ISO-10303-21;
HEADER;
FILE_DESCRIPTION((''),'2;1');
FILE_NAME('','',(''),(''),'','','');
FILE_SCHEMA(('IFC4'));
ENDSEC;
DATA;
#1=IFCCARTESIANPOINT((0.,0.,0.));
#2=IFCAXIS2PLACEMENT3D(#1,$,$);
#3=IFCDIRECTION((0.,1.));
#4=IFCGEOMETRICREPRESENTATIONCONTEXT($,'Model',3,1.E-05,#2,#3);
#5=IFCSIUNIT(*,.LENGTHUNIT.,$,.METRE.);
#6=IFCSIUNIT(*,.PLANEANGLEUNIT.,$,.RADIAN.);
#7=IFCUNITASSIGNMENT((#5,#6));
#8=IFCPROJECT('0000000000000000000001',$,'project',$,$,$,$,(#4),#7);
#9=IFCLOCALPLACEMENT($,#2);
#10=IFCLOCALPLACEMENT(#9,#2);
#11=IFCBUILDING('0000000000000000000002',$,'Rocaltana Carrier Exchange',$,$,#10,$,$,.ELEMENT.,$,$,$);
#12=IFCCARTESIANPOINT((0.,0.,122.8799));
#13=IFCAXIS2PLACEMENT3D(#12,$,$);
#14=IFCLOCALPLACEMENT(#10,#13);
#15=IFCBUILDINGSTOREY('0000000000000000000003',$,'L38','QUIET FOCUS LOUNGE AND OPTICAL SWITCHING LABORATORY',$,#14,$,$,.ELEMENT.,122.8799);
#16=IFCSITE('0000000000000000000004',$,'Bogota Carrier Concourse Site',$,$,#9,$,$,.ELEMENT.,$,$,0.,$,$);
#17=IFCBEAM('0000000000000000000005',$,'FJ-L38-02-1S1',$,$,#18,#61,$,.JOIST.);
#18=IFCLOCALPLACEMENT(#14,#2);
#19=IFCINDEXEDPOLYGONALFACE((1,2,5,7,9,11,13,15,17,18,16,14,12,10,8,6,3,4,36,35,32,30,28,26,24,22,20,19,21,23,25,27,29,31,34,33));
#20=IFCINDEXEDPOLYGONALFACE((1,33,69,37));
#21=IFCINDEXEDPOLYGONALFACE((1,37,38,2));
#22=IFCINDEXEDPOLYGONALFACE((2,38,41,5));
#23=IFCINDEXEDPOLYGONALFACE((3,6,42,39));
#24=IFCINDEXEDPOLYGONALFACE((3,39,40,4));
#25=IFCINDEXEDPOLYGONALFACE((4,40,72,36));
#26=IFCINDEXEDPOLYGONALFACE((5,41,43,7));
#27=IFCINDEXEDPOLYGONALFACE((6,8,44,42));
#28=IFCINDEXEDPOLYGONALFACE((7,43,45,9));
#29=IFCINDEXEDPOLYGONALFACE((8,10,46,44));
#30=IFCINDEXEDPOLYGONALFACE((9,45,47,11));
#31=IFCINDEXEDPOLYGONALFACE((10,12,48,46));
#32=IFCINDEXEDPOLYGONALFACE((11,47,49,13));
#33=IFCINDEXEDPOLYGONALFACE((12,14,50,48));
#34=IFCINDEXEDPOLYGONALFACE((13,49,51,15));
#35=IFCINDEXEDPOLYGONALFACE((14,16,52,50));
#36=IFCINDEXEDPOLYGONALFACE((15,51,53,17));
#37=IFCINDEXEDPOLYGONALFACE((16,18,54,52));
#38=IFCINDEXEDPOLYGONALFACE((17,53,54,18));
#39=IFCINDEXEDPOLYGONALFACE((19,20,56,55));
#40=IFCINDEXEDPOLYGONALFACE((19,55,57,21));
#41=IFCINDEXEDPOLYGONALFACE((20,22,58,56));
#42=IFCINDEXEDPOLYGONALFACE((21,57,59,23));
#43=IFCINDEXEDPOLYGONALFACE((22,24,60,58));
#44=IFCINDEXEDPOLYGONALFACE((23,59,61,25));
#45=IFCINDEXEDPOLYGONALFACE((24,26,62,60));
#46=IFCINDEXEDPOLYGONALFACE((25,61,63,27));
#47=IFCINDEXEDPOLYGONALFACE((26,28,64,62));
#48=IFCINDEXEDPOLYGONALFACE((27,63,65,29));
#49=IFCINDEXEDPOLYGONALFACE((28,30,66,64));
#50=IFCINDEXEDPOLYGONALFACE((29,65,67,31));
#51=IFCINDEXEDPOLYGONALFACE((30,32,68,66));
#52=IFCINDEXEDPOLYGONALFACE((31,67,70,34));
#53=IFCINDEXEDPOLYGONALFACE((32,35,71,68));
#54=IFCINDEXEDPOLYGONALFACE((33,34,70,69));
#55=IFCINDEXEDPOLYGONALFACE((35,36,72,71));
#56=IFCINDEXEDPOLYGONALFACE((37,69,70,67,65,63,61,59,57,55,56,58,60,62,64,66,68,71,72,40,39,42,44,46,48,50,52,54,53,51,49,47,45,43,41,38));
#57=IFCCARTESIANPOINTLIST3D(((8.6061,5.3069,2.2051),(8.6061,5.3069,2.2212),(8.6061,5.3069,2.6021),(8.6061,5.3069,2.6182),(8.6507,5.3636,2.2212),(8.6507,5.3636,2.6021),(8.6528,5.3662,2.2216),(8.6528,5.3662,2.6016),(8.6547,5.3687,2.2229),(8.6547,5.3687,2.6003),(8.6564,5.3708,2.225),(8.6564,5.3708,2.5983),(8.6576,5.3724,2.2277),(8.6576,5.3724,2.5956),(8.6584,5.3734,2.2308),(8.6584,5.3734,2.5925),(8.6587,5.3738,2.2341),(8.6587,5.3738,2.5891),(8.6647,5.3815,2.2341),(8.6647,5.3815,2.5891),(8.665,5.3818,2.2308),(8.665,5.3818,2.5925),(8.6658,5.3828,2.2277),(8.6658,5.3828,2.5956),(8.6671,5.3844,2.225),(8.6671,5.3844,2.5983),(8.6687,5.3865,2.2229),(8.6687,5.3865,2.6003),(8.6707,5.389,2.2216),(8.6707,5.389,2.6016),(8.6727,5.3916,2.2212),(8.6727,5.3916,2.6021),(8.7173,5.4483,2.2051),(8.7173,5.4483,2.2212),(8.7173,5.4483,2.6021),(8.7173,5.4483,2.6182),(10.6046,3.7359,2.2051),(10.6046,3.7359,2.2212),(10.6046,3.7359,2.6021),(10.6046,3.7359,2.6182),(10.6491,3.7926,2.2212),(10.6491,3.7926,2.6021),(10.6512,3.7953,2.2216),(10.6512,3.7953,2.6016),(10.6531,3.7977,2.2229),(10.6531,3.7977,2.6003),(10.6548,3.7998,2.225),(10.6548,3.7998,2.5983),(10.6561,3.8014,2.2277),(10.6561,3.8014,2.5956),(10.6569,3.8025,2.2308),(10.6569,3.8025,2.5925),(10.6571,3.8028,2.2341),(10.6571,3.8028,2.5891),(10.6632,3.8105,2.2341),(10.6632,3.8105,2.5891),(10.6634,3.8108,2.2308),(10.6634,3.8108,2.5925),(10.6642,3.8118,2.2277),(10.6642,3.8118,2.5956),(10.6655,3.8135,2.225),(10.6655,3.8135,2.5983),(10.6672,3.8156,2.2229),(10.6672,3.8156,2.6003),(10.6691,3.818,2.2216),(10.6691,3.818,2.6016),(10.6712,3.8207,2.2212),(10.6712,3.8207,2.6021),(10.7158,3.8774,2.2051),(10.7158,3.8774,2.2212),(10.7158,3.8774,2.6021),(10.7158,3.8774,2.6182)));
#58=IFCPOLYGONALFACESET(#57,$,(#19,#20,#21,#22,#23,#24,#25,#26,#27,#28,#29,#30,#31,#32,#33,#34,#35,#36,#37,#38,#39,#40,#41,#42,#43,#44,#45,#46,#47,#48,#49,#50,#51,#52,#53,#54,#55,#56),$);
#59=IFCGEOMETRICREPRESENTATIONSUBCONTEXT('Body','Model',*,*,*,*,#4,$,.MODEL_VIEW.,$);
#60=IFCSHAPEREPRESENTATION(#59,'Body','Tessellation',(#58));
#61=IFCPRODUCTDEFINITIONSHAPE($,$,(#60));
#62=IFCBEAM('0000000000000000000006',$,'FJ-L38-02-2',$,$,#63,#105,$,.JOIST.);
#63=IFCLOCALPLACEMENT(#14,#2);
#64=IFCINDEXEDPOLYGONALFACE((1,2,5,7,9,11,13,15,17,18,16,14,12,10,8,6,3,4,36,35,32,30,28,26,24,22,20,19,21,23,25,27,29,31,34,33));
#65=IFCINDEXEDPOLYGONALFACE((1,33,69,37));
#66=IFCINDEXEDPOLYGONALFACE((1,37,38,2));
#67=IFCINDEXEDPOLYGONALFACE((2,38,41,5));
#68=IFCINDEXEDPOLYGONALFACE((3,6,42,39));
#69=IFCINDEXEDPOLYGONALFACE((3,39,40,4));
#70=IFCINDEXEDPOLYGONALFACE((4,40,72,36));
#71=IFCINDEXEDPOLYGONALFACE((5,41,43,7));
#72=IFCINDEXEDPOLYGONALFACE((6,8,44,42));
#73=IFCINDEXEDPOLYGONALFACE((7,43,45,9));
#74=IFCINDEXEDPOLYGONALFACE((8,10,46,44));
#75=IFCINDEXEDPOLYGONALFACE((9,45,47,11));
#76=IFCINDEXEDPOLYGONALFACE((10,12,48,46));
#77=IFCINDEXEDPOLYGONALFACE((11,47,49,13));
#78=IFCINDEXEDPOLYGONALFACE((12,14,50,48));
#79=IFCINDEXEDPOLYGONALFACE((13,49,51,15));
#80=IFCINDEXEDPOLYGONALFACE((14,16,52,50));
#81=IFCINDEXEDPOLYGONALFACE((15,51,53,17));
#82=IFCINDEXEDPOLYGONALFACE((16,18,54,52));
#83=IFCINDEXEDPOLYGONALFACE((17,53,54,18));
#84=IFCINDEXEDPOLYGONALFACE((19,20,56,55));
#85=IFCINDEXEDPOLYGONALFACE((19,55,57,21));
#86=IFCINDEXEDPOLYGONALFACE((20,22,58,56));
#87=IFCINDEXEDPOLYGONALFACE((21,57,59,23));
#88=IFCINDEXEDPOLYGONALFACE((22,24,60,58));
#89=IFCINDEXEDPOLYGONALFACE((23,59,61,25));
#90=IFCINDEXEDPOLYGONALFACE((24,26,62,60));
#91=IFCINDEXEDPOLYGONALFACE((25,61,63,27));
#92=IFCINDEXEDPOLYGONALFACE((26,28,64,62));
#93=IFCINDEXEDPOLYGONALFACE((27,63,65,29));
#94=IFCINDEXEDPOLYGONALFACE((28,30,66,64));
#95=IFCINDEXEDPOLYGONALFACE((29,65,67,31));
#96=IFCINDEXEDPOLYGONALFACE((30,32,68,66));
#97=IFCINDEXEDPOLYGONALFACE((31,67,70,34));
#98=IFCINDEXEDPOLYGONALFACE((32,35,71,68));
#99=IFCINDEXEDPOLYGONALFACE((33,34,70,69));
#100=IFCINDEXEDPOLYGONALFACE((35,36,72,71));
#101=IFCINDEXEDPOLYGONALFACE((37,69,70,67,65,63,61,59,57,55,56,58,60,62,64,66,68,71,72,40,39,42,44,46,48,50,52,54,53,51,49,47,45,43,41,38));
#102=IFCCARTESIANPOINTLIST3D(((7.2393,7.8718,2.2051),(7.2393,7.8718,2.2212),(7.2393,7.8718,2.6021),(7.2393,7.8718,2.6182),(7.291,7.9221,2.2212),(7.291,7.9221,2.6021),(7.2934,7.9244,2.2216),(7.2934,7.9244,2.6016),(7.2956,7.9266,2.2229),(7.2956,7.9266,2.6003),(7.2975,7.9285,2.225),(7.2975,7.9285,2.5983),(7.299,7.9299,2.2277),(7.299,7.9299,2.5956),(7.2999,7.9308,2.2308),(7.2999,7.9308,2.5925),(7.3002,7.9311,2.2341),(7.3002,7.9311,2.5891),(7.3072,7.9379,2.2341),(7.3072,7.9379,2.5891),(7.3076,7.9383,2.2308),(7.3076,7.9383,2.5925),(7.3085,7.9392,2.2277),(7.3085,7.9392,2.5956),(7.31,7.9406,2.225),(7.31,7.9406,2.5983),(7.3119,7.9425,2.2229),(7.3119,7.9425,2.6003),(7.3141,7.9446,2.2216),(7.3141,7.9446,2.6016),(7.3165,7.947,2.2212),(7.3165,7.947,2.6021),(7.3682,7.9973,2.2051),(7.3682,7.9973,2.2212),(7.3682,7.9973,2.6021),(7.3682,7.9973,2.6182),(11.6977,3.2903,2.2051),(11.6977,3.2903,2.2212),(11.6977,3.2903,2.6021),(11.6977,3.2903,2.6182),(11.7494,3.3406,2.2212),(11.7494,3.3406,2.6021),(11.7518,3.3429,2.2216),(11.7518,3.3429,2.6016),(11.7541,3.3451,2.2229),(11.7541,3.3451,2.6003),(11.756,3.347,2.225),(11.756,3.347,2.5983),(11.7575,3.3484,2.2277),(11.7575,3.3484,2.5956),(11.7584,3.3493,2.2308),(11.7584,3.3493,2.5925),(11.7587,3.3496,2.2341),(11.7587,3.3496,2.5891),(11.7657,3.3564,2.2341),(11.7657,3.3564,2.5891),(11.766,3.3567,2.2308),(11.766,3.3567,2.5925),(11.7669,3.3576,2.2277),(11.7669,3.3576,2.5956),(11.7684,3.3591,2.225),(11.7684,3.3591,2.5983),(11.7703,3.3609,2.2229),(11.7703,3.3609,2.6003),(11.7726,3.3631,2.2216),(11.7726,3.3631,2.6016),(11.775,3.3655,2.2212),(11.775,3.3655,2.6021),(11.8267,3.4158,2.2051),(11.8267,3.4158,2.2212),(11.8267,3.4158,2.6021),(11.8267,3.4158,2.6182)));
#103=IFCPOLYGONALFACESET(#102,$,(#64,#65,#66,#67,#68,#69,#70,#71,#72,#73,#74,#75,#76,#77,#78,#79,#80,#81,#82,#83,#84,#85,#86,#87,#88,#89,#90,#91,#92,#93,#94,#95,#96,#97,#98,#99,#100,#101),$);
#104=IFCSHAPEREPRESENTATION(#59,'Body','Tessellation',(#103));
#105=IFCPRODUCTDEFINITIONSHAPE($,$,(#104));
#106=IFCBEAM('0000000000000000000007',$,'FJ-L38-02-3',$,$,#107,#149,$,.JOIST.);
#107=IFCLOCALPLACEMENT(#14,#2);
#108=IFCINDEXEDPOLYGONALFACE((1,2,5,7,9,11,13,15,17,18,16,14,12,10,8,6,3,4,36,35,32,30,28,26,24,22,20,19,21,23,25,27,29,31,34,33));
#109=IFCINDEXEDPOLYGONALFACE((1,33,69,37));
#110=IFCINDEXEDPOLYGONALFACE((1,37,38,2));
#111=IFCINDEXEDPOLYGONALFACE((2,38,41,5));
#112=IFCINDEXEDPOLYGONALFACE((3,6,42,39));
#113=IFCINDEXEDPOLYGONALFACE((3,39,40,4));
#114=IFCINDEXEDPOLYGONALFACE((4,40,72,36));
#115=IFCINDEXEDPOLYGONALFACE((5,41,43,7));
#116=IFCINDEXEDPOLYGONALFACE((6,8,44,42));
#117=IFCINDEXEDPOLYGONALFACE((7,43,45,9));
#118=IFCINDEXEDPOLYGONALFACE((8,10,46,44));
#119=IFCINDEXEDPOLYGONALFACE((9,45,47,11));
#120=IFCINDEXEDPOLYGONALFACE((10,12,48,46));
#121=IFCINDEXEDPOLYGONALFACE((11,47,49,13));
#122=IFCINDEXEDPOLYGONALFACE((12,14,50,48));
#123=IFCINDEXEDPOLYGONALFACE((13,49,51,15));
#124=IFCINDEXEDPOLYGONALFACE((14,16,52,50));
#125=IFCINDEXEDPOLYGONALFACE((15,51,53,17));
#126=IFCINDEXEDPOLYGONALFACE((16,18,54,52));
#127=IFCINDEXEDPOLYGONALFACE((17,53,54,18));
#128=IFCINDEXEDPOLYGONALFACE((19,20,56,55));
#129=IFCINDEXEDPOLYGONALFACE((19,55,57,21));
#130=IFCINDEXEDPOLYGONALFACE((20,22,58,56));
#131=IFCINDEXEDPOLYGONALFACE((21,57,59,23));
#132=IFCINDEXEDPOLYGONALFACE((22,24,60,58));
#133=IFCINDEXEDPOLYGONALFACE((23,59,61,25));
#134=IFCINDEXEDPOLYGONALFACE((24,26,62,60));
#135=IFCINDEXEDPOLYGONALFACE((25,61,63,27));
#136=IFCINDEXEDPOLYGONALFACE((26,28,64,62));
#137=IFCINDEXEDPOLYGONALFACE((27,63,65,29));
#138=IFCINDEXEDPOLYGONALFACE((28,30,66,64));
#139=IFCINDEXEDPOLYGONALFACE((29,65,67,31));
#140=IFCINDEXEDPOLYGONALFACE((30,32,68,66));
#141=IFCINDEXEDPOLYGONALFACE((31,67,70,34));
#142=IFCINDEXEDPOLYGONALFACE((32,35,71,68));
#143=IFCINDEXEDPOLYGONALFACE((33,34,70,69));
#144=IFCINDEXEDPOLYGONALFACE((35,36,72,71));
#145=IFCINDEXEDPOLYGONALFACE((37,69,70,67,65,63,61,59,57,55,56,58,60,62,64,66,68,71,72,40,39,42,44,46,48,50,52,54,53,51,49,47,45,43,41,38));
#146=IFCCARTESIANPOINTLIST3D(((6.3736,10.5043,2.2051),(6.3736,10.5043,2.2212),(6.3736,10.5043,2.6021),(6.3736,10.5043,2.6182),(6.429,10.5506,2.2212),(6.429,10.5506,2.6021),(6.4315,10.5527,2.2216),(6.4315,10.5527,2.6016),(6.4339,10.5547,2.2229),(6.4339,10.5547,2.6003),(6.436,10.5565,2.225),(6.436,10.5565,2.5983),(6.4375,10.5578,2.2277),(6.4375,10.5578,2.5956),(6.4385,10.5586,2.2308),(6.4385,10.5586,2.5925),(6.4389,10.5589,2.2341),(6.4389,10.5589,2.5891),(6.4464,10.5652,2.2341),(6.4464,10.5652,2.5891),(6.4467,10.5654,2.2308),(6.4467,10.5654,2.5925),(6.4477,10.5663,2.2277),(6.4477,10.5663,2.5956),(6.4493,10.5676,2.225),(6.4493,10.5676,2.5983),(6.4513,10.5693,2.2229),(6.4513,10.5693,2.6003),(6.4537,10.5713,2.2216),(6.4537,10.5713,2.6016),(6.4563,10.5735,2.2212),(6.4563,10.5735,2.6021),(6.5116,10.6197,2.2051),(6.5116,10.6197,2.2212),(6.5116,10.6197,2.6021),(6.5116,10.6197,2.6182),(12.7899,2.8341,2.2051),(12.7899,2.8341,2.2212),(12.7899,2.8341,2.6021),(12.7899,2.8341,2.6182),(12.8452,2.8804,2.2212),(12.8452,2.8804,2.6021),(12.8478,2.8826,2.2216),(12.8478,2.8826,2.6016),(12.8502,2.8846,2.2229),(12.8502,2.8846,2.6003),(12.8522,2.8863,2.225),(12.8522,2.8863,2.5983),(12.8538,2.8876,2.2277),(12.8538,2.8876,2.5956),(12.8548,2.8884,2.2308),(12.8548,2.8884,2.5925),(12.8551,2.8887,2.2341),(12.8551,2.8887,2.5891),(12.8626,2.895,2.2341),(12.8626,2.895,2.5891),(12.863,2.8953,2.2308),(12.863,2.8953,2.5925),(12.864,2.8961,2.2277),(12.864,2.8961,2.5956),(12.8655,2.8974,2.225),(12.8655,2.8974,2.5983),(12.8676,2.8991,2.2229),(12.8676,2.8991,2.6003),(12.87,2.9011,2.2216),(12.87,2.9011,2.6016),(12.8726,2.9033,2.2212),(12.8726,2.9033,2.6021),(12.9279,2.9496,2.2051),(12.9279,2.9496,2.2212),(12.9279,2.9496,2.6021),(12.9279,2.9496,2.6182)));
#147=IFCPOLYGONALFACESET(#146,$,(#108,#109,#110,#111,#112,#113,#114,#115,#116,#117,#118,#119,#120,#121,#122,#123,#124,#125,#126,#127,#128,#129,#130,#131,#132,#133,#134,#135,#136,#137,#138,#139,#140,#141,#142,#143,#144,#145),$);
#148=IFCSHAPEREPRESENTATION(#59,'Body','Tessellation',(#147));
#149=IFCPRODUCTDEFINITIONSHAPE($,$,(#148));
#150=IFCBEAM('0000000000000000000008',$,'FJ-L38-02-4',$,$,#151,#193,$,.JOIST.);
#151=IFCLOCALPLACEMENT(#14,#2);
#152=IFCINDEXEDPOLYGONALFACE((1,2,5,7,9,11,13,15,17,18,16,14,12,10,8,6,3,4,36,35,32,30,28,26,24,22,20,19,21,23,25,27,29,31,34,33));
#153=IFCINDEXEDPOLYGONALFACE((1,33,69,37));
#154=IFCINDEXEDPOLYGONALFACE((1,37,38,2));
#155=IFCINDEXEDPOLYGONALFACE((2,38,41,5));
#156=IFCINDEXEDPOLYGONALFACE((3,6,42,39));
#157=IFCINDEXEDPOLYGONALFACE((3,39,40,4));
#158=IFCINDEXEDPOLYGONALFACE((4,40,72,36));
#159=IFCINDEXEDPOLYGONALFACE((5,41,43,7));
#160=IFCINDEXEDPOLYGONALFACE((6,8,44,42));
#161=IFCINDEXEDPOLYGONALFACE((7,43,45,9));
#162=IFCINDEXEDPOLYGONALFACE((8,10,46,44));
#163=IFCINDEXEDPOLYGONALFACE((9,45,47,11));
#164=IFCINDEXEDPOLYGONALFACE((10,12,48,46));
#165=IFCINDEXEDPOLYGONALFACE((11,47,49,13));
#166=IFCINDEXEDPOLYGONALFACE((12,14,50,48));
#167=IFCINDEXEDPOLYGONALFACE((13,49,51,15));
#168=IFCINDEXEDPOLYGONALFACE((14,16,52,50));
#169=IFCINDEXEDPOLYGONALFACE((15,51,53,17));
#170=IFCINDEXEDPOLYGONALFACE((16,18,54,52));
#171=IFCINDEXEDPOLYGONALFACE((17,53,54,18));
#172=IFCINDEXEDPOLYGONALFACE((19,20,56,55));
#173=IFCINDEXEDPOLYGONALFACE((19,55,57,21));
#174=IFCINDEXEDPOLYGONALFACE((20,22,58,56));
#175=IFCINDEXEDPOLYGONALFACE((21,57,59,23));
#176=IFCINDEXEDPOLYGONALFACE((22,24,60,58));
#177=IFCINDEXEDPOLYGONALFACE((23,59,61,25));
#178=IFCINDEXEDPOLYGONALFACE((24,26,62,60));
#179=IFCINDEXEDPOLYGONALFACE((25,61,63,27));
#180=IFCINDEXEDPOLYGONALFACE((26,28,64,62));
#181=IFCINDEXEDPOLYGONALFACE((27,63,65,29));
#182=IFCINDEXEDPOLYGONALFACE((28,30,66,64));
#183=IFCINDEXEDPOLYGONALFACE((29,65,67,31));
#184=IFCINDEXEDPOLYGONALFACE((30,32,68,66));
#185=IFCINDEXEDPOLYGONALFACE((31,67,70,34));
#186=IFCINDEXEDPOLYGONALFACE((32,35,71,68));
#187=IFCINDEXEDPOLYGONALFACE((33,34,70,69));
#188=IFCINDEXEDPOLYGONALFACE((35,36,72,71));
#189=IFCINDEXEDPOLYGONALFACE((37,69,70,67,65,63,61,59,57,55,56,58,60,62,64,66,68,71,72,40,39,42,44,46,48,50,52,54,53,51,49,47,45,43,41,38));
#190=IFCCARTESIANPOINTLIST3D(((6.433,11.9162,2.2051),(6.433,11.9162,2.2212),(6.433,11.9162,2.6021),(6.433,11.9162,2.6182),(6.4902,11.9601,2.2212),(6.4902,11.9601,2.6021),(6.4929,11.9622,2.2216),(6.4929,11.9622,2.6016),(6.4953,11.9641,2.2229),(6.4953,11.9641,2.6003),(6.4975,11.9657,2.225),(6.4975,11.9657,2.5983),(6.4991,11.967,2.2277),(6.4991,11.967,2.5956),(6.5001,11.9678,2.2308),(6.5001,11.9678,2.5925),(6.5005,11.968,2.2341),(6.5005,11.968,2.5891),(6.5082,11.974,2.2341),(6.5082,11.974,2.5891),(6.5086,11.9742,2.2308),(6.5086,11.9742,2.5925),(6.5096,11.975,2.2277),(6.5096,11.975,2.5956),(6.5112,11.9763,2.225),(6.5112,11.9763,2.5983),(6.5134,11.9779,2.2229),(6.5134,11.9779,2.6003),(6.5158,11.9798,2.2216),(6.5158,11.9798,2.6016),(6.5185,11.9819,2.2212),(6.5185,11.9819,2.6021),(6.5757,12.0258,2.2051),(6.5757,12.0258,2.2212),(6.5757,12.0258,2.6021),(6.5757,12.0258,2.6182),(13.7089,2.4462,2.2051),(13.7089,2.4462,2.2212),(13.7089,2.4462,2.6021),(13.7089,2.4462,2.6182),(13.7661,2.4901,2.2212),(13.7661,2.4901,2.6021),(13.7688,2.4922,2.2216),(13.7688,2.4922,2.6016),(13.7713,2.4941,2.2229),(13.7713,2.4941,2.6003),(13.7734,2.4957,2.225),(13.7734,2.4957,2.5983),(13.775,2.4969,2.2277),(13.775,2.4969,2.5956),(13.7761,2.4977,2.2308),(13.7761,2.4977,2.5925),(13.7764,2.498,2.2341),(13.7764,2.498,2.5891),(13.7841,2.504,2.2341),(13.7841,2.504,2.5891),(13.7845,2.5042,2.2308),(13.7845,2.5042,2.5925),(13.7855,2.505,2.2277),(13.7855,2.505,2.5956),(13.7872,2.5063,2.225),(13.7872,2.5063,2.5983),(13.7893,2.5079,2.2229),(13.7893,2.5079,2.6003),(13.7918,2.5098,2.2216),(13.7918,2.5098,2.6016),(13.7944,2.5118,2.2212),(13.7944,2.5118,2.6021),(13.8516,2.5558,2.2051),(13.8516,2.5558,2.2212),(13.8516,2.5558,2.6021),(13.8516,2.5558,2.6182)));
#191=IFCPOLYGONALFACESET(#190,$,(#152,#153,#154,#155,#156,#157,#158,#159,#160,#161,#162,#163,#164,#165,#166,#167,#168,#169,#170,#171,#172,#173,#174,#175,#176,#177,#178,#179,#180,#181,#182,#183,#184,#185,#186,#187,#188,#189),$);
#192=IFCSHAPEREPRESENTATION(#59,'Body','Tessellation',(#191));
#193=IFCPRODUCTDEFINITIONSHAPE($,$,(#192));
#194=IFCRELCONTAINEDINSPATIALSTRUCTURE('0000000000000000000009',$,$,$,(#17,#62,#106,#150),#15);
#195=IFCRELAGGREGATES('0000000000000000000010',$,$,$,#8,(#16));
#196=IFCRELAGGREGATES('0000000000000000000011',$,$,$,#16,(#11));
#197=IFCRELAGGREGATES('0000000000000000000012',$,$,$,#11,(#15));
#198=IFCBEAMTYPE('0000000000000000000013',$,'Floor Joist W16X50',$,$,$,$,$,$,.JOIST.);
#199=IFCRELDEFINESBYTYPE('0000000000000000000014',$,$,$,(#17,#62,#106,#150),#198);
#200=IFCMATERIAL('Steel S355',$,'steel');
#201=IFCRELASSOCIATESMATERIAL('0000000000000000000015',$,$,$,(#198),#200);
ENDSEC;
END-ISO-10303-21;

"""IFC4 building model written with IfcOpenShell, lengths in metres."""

from ifc_helpers import new_model, si_unit, direction, frame, origin, origin_2d, place, context, subcontext, project, spatial, i_section, extrude, material, material_profile, profile_set, type_object, element, save


model = new_model("IFC4")

# Units and contexts
model_context = context("Model", 3, precision=1e-05, world=origin(), true_north=direction((0.0, 1.0)))
body_context = subcontext(model_context, "Body", "Model", "MODEL_VIEW")
ifc_project = project(units=[si_unit("LENGTHUNIT", "METRE"), si_unit("PLANEANGLEUNIT", "RADIAN")], contexts=[model_context])

# Site, building, storey
site_placement = place(None, origin())
site = spatial("IfcSite", under=ifc_project, at=site_placement, Name="Bogota Carrier Concourse Site", CompositionType="ELEMENT", RefElevation=0.0)
building_placement = place(site_placement, origin())
building = spatial("IfcBuilding", under=site, at=building_placement, Name="Rocaltana Carrier Exchange", CompositionType="ELEMENT")
storey_placement = place(building_placement, frame((0.0, 0.0, 122.8799)))
storey = spatial("IfcBuildingStorey", under=building, at=storey_placement, Name="L38", Description="QUIET FOCUS LOUNGE AND OPTICAL SWITCHING LABORATORY", CompositionType="ELEMENT", Elevation=122.8799)

# Beams
ifc_material_1 = material(Name="Steel S355", Category="steel")
ifc_material_profile_1 = material_profile(ifc_material_1, i_section(OverallWidth=0.1799, OverallDepth=0.4131, WebThickness=0.0098, FlangeThickness=0.0161, FilletRadius=0.0129, at=origin_2d()), Name="W16X50")
ifc_profile_set_1 = profile_set([ifc_material_profile_1], Name="Steel S355")
beam_type_1 = type_object("IfcBeamType", Name="Floor Joist W16X50", PredefinedType="JOIST", material=ifc_profile_set_1)
beam_1_placement = place(storey_placement, frame((10.6602, 3.8066, 2.4116), z_axis=(-0.786172, 0.618008, 0.0), x_axis=(-0.618008, -0.786172, 0.0)))
element("IfcBeam", 1, at=beam_1_placement, inside=storey, type_object=beam_type_1, Name="FJ-L38-02-1S1", PredefinedType="JOIST", context=body_context, shape_type="SweptSolid", body=[
    extrude(i_section(OverallWidth=0.1799, OverallDepth=0.4131, WebThickness=0.0098, FlangeThickness=0.0161, FilletRadius=0.0129, at=origin_2d()), origin(), (0.0, 0.0, 1.0), 2.542),
])
beam_2_placement = place(storey_placement, frame((11.7622, 3.353, 2.4116), z_axis=(-0.697418, 0.716665, 0.0), x_axis=(-0.716665, -0.697418, 0.0)))
element("IfcBeam", 2, at=beam_2_placement, inside=storey, type_object=beam_type_1, Name="FJ-L38-02-2", PredefinedType="JOIST", context=body_context, shape_type="SweptSolid", body=[
    extrude(i_section(OverallWidth=0.1799, OverallDepth=0.4131, WebThickness=0.0098, FlangeThickness=0.0161, FilletRadius=0.0129, at=origin_2d()), origin(), (0.0, 0.0, 1.0), 6.3928),
])
beam_3_placement = place(storey_placement, frame((12.8589, 2.8918, 2.4116), z_axis=(-0.641627, 0.767017, 0.0), x_axis=(-0.767017, -0.641627, 0.0)))
element("IfcBeam", 3, at=beam_3_placement, inside=storey, type_object=beam_type_1, Name="FJ-L38-02-3", PredefinedType="JOIST", context=body_context, shape_type="SweptSolid", body=[
    extrude(i_section(OverallWidth=0.1799, OverallDepth=0.4131, WebThickness=0.0098, FlangeThickness=0.0161, FilletRadius=0.0129, at=origin_2d()), origin(), (0.0, 0.0, 1.0), 10.0),
])
beam_4_placement = place(storey_placement, frame((13.7803, 2.501, 2.4116), z_axis=(-0.609252, 0.792976, 0.0), x_axis=(-0.792976, -0.609252, 0.0)))
element("IfcBeam", 4, at=beam_4_placement, inside=storey, type_object=beam_type_1, Name="FJ-L38-02-4", PredefinedType="JOIST", context=body_context, shape_type="SweptSolid", body=[
    extrude(i_section(OverallWidth=0.1799, OverallDepth=0.4131, WebThickness=0.0098, FlangeThickness=0.0161, FilletRadius=0.0129, at=origin_2d()), origin(), (0.0, 0.0, 1.0), 11.9424),
])

save(model, "model.ifc")
